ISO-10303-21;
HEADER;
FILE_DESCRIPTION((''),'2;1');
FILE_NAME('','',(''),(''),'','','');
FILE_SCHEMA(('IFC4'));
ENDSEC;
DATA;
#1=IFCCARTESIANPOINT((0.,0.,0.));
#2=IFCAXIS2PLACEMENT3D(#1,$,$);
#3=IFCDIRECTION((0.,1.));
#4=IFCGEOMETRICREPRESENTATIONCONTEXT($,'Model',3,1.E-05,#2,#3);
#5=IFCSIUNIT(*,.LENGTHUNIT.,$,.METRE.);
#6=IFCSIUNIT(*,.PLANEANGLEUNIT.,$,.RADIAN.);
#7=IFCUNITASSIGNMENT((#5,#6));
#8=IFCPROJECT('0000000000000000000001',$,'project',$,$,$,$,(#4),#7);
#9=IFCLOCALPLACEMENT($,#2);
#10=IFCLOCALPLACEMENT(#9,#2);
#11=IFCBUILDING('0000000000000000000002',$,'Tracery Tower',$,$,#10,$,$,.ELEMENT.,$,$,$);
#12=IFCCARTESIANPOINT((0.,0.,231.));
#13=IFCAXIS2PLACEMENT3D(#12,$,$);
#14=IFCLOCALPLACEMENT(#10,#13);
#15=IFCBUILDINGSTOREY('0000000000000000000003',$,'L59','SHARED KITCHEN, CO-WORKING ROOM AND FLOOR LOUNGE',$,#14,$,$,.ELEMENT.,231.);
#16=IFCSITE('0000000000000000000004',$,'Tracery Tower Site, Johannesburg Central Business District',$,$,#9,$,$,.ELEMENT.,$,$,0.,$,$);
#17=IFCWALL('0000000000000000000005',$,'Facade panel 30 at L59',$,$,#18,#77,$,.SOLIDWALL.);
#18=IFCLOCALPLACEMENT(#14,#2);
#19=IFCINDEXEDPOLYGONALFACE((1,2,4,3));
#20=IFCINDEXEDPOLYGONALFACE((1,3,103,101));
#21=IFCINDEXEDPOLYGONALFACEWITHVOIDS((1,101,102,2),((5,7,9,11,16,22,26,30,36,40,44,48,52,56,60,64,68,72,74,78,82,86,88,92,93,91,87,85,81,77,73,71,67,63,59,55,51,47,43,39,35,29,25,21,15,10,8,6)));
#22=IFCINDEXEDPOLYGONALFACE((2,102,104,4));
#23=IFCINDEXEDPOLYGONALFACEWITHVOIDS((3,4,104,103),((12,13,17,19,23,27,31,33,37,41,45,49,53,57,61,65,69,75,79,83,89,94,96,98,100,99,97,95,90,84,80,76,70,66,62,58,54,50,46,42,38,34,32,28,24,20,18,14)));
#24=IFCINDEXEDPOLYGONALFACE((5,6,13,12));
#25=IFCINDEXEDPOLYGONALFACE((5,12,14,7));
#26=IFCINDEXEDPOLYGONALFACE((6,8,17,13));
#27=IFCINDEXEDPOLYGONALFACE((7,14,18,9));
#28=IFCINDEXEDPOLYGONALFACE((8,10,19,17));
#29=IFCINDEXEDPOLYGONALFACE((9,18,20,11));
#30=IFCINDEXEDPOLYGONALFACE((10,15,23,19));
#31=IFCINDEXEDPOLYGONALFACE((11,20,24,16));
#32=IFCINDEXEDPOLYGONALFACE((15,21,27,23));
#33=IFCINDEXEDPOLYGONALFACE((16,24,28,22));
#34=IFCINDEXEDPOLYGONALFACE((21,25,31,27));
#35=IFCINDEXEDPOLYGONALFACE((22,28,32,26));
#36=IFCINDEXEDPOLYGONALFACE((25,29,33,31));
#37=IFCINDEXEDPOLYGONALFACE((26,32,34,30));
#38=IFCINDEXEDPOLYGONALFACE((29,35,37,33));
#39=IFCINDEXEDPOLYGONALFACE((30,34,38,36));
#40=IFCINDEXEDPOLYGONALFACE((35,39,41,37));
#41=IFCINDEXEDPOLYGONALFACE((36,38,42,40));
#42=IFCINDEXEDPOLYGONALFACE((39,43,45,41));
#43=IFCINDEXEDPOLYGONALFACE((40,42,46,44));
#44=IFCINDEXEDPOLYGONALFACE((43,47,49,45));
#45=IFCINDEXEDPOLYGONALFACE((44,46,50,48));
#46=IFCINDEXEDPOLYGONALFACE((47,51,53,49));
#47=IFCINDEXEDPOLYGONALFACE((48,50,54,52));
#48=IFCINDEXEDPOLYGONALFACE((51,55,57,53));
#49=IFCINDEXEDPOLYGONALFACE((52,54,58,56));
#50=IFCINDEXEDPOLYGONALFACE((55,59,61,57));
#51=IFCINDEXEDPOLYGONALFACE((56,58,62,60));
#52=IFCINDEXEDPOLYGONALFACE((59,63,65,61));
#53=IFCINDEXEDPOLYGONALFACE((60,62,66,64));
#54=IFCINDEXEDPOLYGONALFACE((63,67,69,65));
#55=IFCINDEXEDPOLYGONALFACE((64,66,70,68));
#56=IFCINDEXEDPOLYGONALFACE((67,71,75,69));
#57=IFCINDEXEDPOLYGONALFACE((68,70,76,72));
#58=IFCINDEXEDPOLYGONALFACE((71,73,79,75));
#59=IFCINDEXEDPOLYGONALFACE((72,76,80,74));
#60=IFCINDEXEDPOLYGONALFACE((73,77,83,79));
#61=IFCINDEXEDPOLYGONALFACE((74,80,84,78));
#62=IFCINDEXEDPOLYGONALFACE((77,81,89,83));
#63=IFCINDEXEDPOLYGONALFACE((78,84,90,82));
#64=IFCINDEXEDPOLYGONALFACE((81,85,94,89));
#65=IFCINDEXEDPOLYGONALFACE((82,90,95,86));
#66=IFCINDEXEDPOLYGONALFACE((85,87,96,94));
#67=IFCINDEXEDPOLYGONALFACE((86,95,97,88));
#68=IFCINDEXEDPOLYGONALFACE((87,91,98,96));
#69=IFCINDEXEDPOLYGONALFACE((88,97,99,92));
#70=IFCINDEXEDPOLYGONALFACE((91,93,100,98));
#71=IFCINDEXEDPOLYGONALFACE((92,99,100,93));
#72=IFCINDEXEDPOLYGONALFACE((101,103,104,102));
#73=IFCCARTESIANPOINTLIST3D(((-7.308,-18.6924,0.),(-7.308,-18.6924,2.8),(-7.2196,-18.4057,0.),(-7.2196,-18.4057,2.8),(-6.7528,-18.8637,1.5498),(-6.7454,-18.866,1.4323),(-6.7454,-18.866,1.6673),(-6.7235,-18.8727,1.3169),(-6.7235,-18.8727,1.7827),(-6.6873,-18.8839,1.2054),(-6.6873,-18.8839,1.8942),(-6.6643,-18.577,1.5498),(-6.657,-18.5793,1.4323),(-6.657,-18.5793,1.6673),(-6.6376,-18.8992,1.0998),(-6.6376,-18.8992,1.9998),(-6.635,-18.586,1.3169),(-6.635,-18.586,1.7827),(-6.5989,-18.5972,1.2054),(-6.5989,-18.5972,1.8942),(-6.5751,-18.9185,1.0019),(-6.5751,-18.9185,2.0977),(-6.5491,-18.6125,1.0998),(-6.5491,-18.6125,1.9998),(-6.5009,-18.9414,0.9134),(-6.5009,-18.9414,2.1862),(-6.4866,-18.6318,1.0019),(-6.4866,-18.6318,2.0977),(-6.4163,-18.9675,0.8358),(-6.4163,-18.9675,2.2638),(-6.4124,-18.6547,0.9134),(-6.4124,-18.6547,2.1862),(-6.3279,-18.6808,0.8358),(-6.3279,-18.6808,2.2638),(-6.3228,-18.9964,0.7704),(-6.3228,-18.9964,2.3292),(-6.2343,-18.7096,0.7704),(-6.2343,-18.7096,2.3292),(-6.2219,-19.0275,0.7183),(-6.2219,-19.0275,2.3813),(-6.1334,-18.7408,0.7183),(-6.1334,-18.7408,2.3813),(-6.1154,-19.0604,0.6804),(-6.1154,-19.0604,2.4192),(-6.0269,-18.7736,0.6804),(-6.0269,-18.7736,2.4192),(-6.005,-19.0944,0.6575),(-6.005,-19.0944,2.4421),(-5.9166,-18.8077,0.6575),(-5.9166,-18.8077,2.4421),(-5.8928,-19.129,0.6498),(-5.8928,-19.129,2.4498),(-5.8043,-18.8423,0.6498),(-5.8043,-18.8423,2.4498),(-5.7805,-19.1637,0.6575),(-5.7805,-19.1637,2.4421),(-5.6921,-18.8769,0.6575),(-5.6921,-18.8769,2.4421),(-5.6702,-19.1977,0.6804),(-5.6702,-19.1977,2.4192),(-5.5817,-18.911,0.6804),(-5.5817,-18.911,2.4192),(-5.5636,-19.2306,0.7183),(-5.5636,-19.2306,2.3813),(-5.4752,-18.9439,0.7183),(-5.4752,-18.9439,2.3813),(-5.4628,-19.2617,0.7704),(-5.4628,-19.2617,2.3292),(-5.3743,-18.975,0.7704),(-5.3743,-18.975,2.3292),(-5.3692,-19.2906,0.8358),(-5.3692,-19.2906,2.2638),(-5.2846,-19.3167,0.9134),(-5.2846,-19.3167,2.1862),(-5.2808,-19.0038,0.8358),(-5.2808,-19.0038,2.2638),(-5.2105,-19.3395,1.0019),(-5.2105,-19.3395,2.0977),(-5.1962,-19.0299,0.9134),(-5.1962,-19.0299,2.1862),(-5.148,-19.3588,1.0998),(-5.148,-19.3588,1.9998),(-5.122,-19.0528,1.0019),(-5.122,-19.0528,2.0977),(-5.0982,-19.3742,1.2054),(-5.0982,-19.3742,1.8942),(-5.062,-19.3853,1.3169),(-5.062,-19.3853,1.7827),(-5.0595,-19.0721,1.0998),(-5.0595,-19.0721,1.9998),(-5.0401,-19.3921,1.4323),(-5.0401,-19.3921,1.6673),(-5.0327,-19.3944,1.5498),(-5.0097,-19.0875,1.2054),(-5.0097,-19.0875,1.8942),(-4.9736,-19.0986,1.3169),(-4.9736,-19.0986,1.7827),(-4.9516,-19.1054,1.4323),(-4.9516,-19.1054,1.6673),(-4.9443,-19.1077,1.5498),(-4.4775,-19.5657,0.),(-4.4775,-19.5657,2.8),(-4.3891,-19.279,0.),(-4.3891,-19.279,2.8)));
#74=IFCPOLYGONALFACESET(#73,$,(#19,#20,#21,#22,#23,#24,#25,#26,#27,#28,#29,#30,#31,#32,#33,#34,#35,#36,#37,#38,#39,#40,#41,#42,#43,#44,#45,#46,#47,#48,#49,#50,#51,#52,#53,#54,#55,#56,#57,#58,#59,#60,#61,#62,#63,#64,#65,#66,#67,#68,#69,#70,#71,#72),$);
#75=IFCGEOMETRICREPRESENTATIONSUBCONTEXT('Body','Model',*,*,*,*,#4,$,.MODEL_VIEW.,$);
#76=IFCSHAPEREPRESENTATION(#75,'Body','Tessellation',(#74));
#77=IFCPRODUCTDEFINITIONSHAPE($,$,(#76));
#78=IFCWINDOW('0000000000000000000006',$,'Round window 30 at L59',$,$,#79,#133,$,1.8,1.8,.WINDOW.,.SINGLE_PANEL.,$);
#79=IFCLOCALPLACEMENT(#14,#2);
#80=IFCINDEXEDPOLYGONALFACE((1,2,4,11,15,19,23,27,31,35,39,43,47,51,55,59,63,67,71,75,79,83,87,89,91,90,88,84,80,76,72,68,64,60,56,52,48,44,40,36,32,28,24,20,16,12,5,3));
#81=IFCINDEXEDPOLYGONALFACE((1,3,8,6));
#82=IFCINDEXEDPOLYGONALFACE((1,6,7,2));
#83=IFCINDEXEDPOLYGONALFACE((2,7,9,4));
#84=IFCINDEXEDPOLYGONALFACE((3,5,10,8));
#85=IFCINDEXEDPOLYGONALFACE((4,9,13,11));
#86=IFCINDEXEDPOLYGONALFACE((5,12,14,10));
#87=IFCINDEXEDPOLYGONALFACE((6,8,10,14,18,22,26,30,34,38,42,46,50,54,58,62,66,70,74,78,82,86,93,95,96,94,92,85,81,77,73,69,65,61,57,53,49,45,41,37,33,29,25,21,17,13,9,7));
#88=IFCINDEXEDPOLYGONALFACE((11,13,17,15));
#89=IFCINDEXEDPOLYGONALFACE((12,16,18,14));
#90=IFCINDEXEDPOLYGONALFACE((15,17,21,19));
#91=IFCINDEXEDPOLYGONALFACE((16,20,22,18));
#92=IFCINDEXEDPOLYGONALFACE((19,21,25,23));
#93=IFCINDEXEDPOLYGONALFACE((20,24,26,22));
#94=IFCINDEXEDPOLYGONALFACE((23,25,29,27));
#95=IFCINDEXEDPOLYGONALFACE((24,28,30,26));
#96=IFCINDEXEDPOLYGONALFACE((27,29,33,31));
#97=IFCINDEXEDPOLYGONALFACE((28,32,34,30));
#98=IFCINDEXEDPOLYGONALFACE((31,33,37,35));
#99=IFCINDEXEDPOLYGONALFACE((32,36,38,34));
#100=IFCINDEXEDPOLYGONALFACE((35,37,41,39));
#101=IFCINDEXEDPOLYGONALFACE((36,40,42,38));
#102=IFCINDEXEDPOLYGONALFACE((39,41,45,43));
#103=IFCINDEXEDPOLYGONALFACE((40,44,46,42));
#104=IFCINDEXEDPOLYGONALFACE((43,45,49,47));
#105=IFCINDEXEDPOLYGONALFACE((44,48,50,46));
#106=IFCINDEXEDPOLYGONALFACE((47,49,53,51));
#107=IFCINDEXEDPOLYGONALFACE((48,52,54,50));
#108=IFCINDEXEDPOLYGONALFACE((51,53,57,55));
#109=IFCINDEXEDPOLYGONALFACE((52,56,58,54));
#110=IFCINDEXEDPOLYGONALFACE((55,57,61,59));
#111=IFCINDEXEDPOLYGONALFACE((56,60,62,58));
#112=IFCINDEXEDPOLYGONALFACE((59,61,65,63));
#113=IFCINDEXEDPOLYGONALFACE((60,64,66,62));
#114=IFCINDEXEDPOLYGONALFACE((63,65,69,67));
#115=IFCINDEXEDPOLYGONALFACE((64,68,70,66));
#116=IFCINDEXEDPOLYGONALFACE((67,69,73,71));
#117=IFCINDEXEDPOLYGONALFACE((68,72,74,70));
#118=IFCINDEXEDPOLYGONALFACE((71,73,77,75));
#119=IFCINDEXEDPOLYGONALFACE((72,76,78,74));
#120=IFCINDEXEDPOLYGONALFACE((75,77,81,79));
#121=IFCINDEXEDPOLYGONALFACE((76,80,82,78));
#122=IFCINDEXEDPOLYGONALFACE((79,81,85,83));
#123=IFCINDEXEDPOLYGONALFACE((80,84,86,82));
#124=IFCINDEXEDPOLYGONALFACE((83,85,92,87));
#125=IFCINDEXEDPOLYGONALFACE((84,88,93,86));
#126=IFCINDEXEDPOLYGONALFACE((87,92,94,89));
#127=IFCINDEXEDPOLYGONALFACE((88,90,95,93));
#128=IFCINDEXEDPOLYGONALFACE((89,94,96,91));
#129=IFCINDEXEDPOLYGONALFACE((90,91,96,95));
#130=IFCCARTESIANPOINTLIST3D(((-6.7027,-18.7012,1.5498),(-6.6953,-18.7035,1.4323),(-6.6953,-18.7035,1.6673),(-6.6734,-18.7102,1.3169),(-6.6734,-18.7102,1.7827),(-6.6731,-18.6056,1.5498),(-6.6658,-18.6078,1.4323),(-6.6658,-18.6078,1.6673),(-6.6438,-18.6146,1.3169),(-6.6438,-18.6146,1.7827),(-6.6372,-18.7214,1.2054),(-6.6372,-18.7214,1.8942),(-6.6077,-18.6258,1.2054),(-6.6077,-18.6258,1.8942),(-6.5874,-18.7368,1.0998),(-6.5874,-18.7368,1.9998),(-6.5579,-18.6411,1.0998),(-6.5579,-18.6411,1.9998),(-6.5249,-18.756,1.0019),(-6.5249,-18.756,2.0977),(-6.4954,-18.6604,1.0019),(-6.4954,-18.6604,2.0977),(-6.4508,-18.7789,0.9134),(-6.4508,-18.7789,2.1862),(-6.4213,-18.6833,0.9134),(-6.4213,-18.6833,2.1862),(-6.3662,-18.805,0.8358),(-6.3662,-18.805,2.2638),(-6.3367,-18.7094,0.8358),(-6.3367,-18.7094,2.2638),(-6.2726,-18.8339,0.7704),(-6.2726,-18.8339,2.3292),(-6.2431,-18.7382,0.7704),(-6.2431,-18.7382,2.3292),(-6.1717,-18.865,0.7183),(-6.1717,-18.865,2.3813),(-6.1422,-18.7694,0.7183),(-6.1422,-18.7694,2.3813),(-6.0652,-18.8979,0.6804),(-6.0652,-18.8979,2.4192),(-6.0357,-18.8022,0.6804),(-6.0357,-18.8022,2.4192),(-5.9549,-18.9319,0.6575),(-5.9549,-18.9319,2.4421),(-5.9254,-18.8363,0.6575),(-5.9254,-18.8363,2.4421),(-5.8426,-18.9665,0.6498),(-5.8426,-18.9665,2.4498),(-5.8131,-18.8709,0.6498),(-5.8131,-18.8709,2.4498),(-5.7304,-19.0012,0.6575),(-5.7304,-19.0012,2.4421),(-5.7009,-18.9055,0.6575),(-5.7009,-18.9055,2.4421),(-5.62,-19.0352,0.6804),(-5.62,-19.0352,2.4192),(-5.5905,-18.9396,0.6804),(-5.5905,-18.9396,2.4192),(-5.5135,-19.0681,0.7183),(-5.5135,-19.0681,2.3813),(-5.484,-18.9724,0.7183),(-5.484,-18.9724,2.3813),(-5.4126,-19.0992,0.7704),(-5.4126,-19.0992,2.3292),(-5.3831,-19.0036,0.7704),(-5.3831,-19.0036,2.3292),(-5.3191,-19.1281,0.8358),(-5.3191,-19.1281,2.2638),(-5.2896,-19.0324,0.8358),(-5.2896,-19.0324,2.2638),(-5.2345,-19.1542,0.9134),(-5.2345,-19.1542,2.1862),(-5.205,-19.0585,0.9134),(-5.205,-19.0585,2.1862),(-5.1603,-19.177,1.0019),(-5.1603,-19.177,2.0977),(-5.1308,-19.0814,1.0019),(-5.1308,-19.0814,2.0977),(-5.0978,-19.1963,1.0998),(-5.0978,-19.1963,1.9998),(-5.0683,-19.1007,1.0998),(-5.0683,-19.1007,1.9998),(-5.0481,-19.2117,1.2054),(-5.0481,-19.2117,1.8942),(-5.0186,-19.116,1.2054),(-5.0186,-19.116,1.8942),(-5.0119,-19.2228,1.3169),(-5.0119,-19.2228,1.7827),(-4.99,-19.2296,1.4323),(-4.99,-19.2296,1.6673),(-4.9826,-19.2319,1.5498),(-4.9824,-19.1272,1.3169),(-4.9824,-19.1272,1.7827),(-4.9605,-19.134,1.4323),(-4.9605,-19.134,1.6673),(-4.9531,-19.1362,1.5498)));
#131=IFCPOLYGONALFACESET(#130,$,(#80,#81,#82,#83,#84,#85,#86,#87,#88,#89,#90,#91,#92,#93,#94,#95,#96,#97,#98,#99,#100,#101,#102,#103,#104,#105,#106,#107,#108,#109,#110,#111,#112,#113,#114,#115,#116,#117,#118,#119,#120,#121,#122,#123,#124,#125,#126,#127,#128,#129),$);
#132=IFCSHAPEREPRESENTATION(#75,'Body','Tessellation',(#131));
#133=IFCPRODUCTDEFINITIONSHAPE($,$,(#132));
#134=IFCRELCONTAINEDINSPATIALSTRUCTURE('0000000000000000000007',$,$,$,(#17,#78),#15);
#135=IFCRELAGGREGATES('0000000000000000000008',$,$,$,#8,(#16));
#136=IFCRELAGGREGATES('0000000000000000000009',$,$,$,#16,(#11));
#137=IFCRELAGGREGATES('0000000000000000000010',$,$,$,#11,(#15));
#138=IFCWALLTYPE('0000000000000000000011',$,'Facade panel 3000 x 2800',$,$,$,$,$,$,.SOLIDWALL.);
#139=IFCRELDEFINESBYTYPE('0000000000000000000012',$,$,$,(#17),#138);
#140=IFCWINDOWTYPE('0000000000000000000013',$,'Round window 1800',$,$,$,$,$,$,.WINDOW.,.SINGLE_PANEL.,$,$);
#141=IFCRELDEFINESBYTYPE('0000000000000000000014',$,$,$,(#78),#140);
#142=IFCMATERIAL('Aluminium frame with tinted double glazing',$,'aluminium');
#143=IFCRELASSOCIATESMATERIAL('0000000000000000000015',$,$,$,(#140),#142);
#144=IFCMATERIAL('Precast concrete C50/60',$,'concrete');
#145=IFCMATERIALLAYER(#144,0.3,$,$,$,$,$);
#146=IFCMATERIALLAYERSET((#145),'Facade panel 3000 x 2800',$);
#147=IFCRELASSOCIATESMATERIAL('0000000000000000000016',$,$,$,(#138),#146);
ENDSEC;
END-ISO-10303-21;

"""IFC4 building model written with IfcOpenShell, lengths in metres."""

from ifc_helpers import new_model, si_unit, direction, frame, frame_2d, origin, origin_2d, place, context, subcontext, project, spatial, rectangle, circle, extrude, material, layer, layer_set, type_object, element, fill, save


model = new_model("IFC4")

# Units and contexts
model_context = context("Model", 3, precision=1e-05, world=origin(), true_north=direction((0.0, 1.0)))
body_context = subcontext(model_context, "Body", "Model", "MODEL_VIEW")
ifc_project = project(units=[si_unit("LENGTHUNIT", "METRE"), si_unit("PLANEANGLEUNIT", "RADIAN")], contexts=[model_context])

# Site, building, storey
site_placement = place(None, origin())
site = spatial("IfcSite", under=ifc_project, at=site_placement, Name="Tracery Tower Site, Johannesburg Central Business District", CompositionType="ELEMENT", RefElevation=0.0)
building_placement = place(site_placement, origin())
building = spatial("IfcBuilding", under=site, at=building_placement, Name="Tracery Tower", CompositionType="ELEMENT")
storey_placement = place(building_placement, frame((0.0, 0.0, 231.0)))
storey = spatial("IfcBuildingStorey", under=building, at=storey_placement, Name="L59", Description="SHARED KITCHEN, CO-WORKING ROOM AND FLOOR LOUNGE", CompositionType="ELEMENT", Elevation=231.0)

# Wall, opening, window
ifc_material_1 = material(Name="Aluminium frame with tinted double glazing", Category="aluminium")
window_type = type_object("IfcWindowType", Name="Round window 1800", PartitioningType="SINGLE_PANEL", PredefinedType="WINDOW", material=ifc_material_1)
ifc_material_2 = material(Name="Precast concrete C50/60", Category="concrete")
ifc_layer_1 = layer(ifc_material_2, 0.3)
ifc_layer_set_1 = layer_set([ifc_layer_1], Name="Facade panel 3000 x 2800")
wall_type_1 = type_object("IfcWallType", Name="Facade panel 3000 x 2800", PredefinedType="SOLIDWALL", material=ifc_layer_set_1)
wall_1_placement = place(storey_placement, frame((-7.2637, -18.5491, 0.0), z_axis=(0.0, 0.0, 1.0), x_axis=(0.955556, -0.29481, 0.0)))
wall_1 = element("IfcWall", 1, at=wall_1_placement, inside=storey, type_object=wall_type_1, Name="Facade panel 30 at L59", PredefinedType="SOLIDWALL", context=body_context, shape_type="SweptSolid", body=[
    extrude(rectangle(XDim=2.9622, YDim=0.3, at=frame_2d((1.481, 0.0))), origin(), (0.0, 0.0, 1.0), 2.8),
])
opening_1_placement = place(wall_1_placement, frame((1.481, 0.0, 1.5498)))
opening_1 = element("IfcOpeningElement", 2, at=opening_1_placement, cuts=wall_1, PredefinedType="OPENING", context=body_context, shape_type="SweptSolid", body=[
    extrude(circle(Radius=0.9, at=origin_2d()), frame((0.0, 0.1599, 0.0), z_axis=(0.0, -1.0, 0.0), x_axis=(1.0, 0.0, 0.0)), (0.0, 0.0, 1.0), 0.3201),
])
window_1_placement = place(opening_1_placement, origin())
window_1 = element("IfcWindow", 3, at=window_1_placement, inside=storey, type_object=window_type, Name="Round window 30 at L59", OverallHeight=1.8, OverallWidth=1.8, PartitioningType="SINGLE_PANEL", PredefinedType="WINDOW", context=body_context, shape_type="SweptSolid", body=[
    extrude(circle(Radius=0.9, at=origin_2d()), frame((0.0, 0.1201, 0.0), z_axis=(0.0, -1.0, 0.0), x_axis=(1.0, 0.0, 0.0)), (0.0, 0.0, 1.0), 0.1001),
])
fill(opening_1, window_1)

save(model, "model.ifc")
